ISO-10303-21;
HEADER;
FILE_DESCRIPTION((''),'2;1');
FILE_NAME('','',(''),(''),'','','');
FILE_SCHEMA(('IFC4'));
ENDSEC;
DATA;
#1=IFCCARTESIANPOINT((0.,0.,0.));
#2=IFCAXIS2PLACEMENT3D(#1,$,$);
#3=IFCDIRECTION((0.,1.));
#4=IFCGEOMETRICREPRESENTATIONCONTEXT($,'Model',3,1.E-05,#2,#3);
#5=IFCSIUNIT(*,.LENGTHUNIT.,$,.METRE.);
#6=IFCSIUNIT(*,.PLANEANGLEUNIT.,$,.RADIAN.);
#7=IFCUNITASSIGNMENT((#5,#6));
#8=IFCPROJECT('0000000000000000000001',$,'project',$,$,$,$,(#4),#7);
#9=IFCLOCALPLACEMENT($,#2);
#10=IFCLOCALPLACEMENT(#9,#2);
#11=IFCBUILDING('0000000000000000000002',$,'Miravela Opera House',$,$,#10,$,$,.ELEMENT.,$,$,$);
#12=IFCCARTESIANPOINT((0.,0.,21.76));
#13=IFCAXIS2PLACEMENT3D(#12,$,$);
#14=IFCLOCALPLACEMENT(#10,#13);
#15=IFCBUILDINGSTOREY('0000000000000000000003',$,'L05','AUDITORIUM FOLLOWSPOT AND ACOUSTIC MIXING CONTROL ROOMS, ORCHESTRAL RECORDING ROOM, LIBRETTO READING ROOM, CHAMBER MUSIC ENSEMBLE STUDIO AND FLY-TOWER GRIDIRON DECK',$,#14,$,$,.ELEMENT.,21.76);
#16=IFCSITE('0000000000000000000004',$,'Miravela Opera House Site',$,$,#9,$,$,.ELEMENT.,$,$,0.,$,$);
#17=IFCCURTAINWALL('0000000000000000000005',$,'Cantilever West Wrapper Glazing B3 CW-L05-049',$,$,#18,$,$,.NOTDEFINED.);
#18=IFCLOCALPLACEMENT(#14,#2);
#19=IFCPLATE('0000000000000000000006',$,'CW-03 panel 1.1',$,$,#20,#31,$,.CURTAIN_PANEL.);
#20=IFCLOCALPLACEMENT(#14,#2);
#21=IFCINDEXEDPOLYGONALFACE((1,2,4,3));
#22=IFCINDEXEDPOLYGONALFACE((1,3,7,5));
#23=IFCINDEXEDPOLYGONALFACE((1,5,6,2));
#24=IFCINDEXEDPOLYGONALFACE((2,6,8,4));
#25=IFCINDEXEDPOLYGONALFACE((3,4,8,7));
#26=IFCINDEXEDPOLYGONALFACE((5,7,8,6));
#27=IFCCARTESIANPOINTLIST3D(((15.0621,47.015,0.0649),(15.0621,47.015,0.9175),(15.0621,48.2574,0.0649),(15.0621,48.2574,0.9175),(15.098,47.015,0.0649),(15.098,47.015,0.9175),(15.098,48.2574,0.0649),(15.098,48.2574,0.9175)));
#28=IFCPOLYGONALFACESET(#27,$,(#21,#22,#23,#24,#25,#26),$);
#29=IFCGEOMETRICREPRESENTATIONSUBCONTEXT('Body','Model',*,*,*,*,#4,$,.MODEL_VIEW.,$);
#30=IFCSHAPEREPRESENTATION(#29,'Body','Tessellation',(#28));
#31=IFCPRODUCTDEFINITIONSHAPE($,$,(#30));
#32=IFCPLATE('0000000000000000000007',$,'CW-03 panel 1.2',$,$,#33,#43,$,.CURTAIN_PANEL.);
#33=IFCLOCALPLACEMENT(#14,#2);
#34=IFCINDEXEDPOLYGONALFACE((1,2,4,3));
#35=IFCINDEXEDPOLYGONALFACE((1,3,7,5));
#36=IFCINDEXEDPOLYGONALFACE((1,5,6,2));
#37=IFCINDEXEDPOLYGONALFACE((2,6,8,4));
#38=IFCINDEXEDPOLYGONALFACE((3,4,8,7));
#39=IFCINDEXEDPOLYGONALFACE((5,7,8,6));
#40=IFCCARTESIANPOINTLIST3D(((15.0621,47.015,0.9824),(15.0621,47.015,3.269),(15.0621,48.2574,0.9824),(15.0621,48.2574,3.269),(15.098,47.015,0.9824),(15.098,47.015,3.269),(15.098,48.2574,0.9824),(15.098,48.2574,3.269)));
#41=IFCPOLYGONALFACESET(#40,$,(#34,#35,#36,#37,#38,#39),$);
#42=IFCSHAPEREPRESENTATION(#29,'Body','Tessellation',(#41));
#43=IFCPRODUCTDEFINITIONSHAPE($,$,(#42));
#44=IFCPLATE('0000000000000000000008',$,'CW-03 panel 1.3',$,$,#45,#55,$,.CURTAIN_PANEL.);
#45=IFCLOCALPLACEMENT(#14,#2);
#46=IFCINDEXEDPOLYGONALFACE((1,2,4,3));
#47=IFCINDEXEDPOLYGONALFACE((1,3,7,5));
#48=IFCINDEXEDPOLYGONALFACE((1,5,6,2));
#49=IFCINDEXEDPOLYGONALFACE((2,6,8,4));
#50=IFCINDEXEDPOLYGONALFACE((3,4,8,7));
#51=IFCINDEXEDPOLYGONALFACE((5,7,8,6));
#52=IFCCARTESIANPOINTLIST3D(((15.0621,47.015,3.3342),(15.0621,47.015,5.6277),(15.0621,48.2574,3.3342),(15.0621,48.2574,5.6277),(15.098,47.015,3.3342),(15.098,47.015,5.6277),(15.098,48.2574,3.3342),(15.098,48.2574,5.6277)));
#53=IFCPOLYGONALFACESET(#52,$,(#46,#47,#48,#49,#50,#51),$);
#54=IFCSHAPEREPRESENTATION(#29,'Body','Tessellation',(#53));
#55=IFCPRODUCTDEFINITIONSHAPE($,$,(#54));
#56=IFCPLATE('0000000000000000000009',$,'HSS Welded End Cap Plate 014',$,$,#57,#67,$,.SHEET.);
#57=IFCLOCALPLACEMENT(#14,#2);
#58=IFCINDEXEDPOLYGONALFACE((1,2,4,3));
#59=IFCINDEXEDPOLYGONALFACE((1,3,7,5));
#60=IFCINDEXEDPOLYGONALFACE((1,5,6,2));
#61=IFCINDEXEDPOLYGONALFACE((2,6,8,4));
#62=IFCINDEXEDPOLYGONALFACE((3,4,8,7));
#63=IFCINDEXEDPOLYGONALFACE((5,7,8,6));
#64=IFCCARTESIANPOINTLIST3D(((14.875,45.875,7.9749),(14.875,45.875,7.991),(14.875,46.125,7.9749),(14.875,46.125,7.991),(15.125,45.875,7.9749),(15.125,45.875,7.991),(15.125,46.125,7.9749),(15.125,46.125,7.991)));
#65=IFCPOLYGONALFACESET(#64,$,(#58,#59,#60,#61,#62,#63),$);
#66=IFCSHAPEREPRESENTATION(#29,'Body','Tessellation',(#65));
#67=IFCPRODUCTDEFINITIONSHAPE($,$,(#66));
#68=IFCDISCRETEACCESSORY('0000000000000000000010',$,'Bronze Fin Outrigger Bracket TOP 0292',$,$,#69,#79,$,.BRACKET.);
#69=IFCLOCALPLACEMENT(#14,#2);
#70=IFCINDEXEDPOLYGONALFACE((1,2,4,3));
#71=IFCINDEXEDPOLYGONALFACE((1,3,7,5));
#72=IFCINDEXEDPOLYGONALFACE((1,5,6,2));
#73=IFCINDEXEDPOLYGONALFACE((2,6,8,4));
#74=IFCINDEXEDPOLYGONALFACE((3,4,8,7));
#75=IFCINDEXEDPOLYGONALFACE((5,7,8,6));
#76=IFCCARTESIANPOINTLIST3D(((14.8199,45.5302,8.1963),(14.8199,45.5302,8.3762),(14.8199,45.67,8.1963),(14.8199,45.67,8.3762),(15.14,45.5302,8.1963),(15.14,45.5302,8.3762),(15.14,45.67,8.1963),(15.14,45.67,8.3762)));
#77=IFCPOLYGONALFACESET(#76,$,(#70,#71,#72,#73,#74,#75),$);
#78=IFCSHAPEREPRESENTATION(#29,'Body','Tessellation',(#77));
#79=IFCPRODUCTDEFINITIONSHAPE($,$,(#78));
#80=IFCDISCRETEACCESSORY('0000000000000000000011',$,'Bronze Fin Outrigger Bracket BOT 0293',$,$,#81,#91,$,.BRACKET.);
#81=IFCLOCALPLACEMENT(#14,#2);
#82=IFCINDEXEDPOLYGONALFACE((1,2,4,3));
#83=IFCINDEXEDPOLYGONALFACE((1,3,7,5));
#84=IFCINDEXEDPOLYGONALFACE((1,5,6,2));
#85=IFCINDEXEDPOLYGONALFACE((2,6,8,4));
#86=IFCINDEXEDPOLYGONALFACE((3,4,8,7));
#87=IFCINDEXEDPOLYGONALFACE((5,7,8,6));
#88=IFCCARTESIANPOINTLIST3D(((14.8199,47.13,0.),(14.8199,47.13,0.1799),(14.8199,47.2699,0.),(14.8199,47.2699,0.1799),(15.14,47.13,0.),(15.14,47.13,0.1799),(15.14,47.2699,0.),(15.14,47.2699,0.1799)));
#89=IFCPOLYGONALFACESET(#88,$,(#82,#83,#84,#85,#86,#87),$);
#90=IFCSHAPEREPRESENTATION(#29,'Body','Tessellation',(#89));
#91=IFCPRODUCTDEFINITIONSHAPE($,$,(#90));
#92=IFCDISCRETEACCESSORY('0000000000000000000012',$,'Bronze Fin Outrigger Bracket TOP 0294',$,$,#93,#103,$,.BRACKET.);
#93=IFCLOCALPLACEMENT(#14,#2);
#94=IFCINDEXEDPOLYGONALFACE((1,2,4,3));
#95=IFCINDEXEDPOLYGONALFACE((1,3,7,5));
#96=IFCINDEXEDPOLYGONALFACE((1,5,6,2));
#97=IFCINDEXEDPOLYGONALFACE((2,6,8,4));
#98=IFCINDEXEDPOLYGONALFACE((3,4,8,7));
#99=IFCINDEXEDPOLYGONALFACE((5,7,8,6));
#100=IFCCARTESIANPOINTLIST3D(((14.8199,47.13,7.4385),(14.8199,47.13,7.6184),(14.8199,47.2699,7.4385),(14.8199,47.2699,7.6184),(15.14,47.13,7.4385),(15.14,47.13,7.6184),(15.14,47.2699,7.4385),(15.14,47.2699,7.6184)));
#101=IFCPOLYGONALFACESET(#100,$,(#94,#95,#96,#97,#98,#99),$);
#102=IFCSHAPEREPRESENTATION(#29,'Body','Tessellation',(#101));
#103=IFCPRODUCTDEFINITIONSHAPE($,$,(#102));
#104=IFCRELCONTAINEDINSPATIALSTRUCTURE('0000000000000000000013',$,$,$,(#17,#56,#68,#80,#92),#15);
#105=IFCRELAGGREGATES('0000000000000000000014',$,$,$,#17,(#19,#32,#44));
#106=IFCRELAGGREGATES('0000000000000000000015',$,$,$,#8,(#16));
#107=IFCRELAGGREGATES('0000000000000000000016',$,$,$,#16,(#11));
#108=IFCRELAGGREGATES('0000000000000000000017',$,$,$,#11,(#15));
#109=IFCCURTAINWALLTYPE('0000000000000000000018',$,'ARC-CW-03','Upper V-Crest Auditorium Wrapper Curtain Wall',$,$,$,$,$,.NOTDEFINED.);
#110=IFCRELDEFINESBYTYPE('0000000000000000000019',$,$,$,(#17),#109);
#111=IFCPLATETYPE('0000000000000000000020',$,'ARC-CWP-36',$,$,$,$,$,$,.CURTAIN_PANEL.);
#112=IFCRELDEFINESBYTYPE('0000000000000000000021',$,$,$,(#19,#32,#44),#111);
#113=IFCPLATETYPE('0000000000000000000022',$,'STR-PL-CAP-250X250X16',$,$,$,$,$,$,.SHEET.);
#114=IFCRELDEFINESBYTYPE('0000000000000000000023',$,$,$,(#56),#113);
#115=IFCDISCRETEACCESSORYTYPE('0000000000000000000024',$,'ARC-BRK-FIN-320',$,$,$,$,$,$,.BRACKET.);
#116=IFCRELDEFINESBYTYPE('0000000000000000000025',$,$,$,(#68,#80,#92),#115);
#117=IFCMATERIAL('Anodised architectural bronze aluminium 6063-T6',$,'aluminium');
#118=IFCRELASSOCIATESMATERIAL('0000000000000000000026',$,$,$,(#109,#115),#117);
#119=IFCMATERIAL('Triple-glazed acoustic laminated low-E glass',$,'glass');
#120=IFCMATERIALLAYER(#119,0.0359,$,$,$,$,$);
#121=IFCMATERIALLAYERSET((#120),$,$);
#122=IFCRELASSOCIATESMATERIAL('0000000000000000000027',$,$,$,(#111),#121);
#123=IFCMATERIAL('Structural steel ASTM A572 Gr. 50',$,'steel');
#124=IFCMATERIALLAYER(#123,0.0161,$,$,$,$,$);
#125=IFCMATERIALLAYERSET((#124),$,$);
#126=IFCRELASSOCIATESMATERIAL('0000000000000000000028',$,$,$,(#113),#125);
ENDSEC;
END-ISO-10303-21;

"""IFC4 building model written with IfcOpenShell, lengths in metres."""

from ifc_helpers import new_model, si_unit, direction, frame, origin, origin_2d, place, context, subcontext, project, spatial, rectangle, extrude, material, layer, layer_set, type_object, element, aggregate, save


model = new_model("IFC4")

# Units and contexts
model_context = context("Model", 3, precision=1e-05, world=origin(), true_north=direction((0.0, 1.0)))
body_context = subcontext(model_context, "Body", "Model", "MODEL_VIEW")
ifc_project = project(units=[si_unit("LENGTHUNIT", "METRE"), si_unit("PLANEANGLEUNIT", "RADIAN")], contexts=[model_context])

# Site, building, storey
site_placement = place(None, origin())
site = spatial("IfcSite", under=ifc_project, at=site_placement, Name="Miravela Opera House Site", CompositionType="ELEMENT", RefElevation=0.0)
building_placement = place(site_placement, origin())
building = spatial("IfcBuilding", under=site, at=building_placement, Name="Miravela Opera House", CompositionType="ELEMENT")
storey_placement = place(building_placement, frame((0.0, 0.0, 21.76)))
storey = spatial("IfcBuildingStorey", under=building, at=storey_placement, Name="L05", Description="AUDITORIUM FOLLOWSPOT AND ACOUSTIC MIXING CONTROL ROOMS, ORCHESTRAL RECORDING ROOM, LIBRETTO READING ROOM, CHAMBER MUSIC ENSEMBLE STUDIO AND FLY-TOWER GRIDIRON DECK", CompositionType="ELEMENT", Elevation=21.76)

# Shared definitions
ifc_material_1 = material(Name="Anodised architectural bronze aluminium 6063-T6", Category="aluminium")
curtain_wall_type = type_object("IfcCurtainWallType", Name="ARC-CW-03", Description="Upper V-Crest Auditorium Wrapper Curtain Wall", PredefinedType="NOTDEFINED", material=ifc_material_1)

# Curtain wall
curtain_wall_1_placement = place(storey_placement, origin())
curtain_wall_1 = element("IfcCurtainWall", 1, at=curtain_wall_1_placement, inside=storey, type_object=curtain_wall_type, Name="Cantilever West Wrapper Glazing B3 CW-L05-049", PredefinedType="NOTDEFINED")

# Plates
ifc_material_2 = material(Name="Triple-glazed acoustic laminated low-E glass", Category="glass")
ifc_layer_1 = layer(ifc_material_2, 0.0359)
ifc_layer_set_1 = layer_set([ifc_layer_1])
plate_type_1 = type_object("IfcPlateType", Name="ARC-CWP-36", PredefinedType="CURTAIN_PANEL", material=ifc_layer_set_1)
plate_1_placement = place(storey_placement, frame((15.0801, 47.6362, 0.0649), z_axis=(0.0, 0.0, 1.0), x_axis=(0.0, 1.0, 0.0)))
plate_1 = element("IfcPlate", 2, at=plate_1_placement, type_object=plate_type_1, Name="CW-03 panel 1.1", PredefinedType="CURTAIN_PANEL", context=body_context, shape_type="SweptSolid", body=[
    extrude(rectangle(XDim=1.2424, YDim=0.0359, at=origin_2d()), origin(), (0.0, 0.0, 1.0), 0.8525),
])
plate_2_placement = place(storey_placement, frame((15.0801, 47.6362, 0.9824), z_axis=(0.0, 0.0, 1.0), x_axis=(0.0, 1.0, 0.0)))
plate_2 = element("IfcPlate", 3, at=plate_2_placement, type_object=plate_type_1, Name="CW-03 panel 1.2", PredefinedType="CURTAIN_PANEL", context=body_context, shape_type="SweptSolid", body=[
    extrude(rectangle(XDim=1.2424, YDim=0.0359, at=origin_2d()), origin(), (0.0, 0.0, 1.0), 2.2866),
])
plate_3_placement = place(storey_placement, frame((15.0801, 47.6362, 3.3342), z_axis=(0.0, 0.0, 1.0), x_axis=(0.0, 1.0, 0.0)))
plate_3 = element("IfcPlate", 4, at=plate_3_placement, type_object=plate_type_1, Name="CW-03 panel 1.3", PredefinedType="CURTAIN_PANEL", context=body_context, shape_type="SweptSolid", body=[
    extrude(rectangle(XDim=1.2424, YDim=0.0359, at=origin_2d()), origin(), (0.0, 0.0, 1.0), 2.2935),
])
aggregate(curtain_wall_1, [plate_1, plate_2, plate_3])
ifc_material_3 = material(Name="Structural steel ASTM A572 Gr. 50", Category="steel")
ifc_layer_2 = layer(ifc_material_3, 0.0161)
ifc_layer_set_2 = layer_set([ifc_layer_2])
plate_type_2 = type_object("IfcPlateType", Name="STR-PL-CAP-250X250X16", PredefinedType="SHEET", material=ifc_layer_set_2)
plate_4_placement = place(storey_placement, frame((15.0, 46.0, 7.9749), z_axis=(0.0, 0.0, 1.0), x_axis=(1.0, 0.0, 0.0)))
element("IfcPlate", 5, at=plate_4_placement, inside=storey, type_object=plate_type_2, Name="HSS Welded End Cap Plate 014", PredefinedType="SHEET", context=body_context, shape_type="SweptSolid", body=[
    extrude(rectangle(XDim=0.25, YDim=0.25, at=origin_2d()), origin(), (0.0, 0.0, 1.0), 0.0161),
])

# Discrete accessories
discrete_accessory_type = type_object("IfcDiscreteAccessoryType", Name="ARC-BRK-FIN-320", PredefinedType="BRACKET", material=ifc_material_1)
for number, where, z_axis, x_axis, name in (
    (6, (14.98, 45.6001, 8.1963), (0.0, 0.0, 1.0), (1.0, 0.0, 0.0), "Bronze Fin Outrigger Bracket TOP 0292"),
    (7, (14.98, 47.2, 0.0), (0.0, 0.0, 1.0), (1.0, 0.0, 0.0), "Bronze Fin Outrigger Bracket BOT 0293"),
    (8, (14.98, 47.2, 7.4385), (0.0, 0.0, 1.0), (1.0, 0.0, 0.0), "Bronze Fin Outrigger Bracket TOP 0294"),
):
    element("IfcDiscreteAccessory", number, at=place(storey_placement, frame(where, z_axis=z_axis, x_axis=x_axis)), inside=storey, type_object=discrete_accessory_type, Name=name, PredefinedType="BRACKET", context=body_context, shape_type="SweptSolid", body=[
        extrude(rectangle(XDim=0.3201, YDim=0.1399, at=origin_2d()), origin(), (0.0, 0.0, 1.0), 0.1799),
    ])

save(model, "model.ifc")
